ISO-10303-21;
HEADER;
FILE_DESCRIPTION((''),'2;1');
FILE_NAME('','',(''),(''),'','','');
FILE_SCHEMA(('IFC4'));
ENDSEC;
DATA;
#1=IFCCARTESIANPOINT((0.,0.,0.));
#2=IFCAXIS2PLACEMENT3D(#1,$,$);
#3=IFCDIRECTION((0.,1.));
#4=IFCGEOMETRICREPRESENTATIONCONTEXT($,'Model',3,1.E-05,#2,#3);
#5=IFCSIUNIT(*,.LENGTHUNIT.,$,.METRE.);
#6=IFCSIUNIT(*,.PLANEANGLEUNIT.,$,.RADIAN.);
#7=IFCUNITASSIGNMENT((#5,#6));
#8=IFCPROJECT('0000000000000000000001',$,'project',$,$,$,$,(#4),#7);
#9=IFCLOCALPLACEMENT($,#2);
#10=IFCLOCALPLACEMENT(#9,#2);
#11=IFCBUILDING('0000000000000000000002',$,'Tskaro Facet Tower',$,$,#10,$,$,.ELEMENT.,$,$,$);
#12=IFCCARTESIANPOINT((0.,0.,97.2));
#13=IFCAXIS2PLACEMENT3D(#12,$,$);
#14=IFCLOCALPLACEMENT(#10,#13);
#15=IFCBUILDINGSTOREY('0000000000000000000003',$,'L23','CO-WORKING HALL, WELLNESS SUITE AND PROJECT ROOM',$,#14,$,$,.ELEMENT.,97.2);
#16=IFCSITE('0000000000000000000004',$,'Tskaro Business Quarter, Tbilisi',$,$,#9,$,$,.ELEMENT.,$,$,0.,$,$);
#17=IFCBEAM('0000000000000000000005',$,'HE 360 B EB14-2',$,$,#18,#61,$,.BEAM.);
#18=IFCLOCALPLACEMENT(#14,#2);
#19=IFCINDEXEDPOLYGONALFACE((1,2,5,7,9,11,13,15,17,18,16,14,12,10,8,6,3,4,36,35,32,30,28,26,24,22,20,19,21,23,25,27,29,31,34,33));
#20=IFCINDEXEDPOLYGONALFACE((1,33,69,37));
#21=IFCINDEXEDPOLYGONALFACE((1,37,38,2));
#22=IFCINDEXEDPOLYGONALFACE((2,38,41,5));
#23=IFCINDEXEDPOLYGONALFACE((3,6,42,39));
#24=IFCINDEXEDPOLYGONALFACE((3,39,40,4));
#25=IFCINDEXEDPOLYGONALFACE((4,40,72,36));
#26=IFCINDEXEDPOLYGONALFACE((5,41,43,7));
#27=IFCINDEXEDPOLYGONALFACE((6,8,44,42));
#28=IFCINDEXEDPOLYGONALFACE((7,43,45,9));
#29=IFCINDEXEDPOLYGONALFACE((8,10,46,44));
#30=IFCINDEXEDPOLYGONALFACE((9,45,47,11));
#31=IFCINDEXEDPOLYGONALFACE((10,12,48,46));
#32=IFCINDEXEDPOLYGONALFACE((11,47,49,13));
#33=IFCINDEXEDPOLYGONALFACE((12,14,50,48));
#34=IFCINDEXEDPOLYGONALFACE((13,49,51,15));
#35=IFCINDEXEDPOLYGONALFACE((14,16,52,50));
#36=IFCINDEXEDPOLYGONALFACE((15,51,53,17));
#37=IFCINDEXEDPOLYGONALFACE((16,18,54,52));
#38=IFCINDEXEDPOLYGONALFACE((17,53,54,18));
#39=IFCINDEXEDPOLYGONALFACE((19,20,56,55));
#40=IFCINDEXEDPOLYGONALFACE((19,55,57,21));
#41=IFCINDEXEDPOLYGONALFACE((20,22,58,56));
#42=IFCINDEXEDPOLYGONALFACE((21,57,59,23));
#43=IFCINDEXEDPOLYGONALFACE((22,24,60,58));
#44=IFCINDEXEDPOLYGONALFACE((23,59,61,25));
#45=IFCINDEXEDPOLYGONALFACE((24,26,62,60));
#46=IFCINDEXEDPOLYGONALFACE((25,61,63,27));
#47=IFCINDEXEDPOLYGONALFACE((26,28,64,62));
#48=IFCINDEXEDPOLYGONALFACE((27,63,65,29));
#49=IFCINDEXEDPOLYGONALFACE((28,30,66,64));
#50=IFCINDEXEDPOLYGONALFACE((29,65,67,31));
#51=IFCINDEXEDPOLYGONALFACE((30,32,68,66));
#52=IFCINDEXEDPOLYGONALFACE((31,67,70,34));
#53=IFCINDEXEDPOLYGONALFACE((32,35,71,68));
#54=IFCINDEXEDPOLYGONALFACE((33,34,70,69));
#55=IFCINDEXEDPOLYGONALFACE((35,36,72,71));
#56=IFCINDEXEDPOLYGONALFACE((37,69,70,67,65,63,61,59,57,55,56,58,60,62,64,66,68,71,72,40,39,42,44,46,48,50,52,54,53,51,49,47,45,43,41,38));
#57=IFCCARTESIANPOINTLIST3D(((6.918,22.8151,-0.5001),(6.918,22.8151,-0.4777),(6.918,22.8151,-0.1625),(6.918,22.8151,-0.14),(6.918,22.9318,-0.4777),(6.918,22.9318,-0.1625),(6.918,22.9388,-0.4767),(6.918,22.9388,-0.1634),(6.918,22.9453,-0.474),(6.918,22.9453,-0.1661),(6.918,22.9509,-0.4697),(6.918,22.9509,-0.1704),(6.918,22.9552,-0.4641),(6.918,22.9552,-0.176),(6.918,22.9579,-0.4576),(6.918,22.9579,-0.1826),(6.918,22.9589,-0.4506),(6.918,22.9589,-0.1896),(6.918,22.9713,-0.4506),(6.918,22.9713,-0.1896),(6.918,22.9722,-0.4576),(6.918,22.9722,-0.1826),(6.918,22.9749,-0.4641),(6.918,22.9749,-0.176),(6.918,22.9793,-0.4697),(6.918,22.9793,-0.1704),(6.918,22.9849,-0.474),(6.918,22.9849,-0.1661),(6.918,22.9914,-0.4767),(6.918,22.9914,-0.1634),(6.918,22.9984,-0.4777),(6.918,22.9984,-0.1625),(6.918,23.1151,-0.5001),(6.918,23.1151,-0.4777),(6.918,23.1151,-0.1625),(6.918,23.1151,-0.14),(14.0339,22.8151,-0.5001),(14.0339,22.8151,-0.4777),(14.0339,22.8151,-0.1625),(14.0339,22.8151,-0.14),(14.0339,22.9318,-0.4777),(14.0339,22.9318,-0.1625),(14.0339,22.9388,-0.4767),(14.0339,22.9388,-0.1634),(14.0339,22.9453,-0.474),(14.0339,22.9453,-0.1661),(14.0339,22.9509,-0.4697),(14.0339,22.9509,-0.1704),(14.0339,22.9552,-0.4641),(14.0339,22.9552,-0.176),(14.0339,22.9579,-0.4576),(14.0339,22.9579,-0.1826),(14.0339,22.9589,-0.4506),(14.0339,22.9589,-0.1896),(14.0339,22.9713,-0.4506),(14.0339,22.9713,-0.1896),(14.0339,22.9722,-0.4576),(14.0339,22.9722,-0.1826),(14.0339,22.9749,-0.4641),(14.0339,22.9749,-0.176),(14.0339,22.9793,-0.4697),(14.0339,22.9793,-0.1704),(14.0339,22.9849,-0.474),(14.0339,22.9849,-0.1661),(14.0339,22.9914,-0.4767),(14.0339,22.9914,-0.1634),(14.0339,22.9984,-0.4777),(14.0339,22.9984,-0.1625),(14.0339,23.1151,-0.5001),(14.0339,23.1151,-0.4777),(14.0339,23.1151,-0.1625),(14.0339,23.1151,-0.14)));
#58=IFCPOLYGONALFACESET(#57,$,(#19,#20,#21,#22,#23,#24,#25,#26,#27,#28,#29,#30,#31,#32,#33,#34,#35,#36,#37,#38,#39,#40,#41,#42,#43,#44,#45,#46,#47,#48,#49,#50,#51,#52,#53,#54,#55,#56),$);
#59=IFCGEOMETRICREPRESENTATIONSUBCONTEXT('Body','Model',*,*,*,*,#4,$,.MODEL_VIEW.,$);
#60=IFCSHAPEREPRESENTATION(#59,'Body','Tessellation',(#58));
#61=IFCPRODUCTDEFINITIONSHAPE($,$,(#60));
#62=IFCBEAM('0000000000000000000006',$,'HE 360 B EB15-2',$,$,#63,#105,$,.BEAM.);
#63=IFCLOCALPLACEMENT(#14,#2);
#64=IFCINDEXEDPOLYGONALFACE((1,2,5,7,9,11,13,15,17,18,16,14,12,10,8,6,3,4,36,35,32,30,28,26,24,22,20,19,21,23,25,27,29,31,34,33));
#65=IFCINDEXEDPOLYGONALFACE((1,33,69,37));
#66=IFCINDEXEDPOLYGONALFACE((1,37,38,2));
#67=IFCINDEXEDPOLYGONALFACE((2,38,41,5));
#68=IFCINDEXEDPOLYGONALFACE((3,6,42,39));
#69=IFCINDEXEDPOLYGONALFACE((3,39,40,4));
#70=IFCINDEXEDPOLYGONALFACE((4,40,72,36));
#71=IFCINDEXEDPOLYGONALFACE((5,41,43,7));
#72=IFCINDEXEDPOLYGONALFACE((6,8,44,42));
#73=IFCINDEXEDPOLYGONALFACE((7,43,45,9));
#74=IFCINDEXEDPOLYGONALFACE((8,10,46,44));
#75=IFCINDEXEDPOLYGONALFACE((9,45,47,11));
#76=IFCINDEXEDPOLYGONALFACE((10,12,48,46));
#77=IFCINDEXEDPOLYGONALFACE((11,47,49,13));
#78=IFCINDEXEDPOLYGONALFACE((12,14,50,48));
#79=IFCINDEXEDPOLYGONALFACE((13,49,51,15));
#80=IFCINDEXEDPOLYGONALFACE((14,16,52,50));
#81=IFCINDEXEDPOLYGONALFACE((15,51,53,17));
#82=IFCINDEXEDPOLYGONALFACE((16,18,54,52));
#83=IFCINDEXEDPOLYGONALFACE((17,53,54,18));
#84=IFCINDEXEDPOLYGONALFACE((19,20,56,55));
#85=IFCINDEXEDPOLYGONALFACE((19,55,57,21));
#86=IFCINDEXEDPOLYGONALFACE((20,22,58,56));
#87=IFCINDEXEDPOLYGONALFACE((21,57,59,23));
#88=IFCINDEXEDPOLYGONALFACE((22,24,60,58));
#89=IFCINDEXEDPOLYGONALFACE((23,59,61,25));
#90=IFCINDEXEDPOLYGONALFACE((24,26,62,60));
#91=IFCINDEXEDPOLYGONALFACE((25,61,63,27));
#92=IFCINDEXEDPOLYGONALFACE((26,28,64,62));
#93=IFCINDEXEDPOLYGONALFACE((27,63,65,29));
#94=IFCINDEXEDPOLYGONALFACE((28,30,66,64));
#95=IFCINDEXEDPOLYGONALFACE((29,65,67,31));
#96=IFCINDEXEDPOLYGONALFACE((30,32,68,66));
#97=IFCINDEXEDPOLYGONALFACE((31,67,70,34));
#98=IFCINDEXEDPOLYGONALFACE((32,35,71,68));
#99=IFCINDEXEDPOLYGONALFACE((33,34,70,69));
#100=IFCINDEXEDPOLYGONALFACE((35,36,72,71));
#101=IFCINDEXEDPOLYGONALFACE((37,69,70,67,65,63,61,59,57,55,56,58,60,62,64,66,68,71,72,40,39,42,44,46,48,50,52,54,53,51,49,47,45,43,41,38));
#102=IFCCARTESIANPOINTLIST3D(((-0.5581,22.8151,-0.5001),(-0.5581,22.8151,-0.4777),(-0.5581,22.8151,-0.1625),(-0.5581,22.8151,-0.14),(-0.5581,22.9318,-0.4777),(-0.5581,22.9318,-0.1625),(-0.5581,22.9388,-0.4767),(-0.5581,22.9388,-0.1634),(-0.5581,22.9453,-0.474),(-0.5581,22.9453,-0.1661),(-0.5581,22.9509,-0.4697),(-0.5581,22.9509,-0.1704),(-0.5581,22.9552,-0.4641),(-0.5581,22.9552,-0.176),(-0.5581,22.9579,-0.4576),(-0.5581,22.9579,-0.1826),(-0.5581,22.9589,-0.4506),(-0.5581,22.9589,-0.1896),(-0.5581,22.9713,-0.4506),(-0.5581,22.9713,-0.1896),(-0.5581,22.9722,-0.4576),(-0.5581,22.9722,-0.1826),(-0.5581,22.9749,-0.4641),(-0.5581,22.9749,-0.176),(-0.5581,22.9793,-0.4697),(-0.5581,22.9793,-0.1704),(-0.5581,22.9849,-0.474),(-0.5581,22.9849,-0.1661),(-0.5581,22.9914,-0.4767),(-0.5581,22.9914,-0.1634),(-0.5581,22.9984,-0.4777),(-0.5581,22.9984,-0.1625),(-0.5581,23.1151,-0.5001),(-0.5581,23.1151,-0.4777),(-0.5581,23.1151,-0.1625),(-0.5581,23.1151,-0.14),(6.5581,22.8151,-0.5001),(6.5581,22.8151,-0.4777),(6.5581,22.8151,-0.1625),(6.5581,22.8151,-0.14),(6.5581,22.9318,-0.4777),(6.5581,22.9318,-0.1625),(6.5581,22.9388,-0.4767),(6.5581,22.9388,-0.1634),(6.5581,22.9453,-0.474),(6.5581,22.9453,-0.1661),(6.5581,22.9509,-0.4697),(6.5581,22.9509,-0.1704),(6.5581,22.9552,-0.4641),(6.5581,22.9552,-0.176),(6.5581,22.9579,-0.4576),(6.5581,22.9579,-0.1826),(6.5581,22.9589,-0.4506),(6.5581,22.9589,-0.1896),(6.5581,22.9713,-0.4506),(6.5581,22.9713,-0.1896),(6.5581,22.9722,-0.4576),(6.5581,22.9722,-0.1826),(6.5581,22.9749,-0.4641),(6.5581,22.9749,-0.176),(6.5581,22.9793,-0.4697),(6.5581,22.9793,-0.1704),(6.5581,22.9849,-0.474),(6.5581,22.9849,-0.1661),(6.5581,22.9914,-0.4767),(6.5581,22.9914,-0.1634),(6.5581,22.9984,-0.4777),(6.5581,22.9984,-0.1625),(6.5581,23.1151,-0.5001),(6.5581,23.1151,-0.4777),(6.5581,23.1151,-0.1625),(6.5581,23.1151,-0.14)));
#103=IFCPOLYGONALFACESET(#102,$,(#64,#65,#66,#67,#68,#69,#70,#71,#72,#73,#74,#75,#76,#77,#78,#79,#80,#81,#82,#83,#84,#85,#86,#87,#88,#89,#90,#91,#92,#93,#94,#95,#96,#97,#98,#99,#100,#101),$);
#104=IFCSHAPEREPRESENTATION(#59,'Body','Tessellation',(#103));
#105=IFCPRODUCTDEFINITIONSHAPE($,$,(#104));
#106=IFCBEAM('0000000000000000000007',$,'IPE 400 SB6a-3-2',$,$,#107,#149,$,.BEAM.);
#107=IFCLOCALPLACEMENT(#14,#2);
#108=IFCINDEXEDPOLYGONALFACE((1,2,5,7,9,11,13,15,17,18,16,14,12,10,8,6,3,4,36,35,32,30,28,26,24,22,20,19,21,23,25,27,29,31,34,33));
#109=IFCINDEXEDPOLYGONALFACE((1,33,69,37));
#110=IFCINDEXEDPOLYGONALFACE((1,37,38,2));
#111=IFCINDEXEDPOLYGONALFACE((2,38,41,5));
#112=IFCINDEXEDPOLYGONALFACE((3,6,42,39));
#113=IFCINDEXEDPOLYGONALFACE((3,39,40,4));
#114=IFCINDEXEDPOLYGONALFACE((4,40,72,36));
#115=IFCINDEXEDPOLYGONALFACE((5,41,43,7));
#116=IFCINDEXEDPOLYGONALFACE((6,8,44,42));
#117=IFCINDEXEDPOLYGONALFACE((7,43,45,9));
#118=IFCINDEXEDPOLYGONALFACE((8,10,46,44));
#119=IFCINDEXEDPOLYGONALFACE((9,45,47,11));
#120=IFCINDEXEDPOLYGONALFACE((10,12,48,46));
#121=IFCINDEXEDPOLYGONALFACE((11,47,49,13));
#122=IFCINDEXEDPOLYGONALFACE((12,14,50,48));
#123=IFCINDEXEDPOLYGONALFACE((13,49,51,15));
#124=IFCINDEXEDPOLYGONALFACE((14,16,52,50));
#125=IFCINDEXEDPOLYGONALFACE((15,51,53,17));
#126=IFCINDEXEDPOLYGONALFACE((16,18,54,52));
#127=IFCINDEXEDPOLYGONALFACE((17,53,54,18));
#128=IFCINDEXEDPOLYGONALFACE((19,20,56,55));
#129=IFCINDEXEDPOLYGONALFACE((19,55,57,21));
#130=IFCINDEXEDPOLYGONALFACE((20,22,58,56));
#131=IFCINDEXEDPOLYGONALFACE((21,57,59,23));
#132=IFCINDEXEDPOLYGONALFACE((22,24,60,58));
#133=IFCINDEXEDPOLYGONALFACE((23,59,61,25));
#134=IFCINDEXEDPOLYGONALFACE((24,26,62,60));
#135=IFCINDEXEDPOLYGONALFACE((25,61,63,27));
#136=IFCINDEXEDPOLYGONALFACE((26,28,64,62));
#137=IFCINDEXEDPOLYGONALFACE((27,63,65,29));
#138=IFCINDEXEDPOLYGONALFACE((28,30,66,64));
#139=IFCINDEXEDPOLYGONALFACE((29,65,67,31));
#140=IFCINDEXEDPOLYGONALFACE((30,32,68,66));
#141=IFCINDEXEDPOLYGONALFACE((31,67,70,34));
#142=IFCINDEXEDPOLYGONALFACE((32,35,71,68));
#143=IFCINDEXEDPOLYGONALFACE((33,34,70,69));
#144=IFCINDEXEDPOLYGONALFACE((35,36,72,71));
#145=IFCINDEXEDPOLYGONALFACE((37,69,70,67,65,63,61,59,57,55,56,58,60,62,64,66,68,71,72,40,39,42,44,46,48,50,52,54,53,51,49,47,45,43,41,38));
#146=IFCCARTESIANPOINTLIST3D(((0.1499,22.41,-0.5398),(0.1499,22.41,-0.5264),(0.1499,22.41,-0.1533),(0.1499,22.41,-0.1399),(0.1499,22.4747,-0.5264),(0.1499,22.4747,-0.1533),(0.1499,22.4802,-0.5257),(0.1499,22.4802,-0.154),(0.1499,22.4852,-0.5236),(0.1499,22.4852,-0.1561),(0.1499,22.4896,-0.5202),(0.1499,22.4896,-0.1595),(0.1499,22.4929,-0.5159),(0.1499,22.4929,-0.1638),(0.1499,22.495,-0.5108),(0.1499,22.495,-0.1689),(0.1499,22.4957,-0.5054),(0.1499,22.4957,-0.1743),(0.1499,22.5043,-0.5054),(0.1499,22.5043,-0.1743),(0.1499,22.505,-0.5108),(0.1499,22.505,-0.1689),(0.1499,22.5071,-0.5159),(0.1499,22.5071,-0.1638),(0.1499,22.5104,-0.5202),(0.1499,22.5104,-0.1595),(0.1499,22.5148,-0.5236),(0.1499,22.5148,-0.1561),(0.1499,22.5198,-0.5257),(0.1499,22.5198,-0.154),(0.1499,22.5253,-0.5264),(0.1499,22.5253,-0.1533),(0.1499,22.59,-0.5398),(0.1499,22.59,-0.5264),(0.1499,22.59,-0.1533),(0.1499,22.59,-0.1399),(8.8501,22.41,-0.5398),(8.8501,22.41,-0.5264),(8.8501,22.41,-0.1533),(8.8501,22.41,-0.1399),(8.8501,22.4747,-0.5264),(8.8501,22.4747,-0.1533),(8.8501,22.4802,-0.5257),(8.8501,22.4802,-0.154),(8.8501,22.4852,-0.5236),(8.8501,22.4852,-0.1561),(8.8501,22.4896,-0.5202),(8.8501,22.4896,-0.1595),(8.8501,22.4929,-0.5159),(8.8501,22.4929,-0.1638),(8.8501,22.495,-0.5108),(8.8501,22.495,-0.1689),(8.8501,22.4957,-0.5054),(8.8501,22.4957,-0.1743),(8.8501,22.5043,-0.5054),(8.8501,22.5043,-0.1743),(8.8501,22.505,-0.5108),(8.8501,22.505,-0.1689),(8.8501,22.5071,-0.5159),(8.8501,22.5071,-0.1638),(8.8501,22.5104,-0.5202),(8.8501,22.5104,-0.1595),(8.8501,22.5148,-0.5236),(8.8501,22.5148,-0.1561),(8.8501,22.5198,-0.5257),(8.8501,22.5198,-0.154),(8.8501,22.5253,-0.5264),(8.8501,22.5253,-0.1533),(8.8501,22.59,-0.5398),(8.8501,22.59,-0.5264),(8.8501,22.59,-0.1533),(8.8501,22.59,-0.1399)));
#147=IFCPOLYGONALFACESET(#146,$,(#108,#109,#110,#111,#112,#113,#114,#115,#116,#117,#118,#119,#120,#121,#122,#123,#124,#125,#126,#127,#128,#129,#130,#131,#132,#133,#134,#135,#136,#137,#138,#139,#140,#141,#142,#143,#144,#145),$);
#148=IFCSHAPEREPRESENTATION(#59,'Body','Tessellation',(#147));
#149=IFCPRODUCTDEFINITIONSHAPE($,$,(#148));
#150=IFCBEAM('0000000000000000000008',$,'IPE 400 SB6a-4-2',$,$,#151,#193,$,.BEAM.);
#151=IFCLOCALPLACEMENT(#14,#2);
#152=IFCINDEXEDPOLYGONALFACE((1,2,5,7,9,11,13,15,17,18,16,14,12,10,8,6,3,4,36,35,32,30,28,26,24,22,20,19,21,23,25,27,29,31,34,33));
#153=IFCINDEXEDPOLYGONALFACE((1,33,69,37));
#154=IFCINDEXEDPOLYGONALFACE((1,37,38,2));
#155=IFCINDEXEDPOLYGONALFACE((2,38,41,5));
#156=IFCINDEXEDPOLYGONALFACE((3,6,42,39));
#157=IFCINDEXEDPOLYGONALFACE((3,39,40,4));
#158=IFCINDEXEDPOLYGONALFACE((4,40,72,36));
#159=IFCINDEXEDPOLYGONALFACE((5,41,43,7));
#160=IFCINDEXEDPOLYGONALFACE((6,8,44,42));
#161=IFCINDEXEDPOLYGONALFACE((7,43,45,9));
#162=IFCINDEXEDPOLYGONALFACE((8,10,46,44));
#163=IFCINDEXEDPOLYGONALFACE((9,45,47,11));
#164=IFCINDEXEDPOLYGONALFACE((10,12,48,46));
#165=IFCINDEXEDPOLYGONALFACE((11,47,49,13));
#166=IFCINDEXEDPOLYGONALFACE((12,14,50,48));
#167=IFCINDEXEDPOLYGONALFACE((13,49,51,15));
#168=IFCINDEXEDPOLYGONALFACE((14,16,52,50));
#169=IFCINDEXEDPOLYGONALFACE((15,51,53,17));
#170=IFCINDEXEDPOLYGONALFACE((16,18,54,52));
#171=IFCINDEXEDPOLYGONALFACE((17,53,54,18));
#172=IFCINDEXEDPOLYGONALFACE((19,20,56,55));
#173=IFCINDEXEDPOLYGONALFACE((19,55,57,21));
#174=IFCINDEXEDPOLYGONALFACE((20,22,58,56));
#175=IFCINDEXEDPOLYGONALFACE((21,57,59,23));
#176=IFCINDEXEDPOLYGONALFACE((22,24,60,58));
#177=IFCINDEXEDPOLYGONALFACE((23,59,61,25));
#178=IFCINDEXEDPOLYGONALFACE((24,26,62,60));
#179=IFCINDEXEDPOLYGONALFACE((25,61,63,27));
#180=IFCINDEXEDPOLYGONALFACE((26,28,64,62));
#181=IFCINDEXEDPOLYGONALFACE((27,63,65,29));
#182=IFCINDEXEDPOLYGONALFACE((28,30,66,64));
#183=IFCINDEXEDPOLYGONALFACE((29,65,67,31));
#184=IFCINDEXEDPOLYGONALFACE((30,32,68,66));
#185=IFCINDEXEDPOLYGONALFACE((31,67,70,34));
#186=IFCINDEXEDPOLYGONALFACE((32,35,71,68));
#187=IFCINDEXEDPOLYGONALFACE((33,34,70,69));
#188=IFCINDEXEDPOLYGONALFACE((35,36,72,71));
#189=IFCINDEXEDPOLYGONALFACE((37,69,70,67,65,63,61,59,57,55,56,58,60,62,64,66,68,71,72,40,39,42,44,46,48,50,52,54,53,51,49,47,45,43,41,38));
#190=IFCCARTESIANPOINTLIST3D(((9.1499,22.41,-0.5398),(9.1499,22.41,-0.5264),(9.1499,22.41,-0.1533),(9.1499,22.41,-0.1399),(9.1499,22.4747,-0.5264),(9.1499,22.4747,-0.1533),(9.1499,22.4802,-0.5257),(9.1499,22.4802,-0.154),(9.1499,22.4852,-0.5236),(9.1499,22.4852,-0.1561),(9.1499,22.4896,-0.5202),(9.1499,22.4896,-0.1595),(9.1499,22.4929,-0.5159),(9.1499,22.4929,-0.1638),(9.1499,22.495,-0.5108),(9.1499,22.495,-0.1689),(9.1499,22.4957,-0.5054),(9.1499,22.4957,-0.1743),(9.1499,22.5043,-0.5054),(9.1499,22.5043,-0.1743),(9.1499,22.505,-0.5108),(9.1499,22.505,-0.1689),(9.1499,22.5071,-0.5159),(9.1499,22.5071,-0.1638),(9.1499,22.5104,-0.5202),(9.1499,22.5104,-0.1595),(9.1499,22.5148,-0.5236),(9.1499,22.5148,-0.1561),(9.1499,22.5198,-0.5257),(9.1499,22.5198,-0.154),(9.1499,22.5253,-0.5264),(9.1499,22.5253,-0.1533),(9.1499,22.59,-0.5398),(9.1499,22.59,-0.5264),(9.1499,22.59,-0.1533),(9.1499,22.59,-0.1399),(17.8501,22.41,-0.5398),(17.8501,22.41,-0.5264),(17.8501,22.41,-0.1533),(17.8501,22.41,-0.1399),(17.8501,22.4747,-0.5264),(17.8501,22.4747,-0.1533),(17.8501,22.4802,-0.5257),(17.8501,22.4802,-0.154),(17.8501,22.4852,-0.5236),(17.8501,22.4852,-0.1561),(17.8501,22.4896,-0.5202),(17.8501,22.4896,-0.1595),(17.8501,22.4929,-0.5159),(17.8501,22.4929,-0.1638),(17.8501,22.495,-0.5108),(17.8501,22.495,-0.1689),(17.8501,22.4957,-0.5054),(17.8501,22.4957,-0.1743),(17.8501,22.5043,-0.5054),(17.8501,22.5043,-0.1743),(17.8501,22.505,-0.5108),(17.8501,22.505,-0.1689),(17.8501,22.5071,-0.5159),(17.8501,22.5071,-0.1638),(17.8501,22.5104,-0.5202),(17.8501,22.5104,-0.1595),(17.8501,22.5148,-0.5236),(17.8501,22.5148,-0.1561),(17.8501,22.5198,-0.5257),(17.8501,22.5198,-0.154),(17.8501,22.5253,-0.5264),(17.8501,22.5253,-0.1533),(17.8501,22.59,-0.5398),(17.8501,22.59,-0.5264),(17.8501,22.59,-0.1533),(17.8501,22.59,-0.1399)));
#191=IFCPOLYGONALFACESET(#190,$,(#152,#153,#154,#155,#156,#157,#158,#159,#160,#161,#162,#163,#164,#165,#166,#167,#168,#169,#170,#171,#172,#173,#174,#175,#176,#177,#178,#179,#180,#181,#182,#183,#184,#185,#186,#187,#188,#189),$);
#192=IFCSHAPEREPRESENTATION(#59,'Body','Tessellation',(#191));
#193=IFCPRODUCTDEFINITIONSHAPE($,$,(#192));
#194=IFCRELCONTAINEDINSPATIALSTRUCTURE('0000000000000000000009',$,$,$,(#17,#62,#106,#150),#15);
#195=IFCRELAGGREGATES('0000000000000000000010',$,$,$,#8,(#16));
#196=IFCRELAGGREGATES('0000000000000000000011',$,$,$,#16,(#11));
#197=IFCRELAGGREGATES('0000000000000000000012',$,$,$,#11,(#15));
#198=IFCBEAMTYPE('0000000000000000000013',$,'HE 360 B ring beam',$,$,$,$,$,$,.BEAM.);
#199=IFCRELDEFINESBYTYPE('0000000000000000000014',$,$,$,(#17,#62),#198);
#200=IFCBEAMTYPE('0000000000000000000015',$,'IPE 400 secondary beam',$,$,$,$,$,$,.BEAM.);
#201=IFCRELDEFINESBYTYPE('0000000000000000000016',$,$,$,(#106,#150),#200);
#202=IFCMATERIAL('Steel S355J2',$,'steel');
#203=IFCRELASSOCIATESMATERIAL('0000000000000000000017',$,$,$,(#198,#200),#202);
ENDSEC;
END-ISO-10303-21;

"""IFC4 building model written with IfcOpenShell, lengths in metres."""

from ifc_helpers import new_model, si_unit, direction, frame, origin, origin_2d, place, context, subcontext, project, spatial, i_section, extrude, material, material_profile, profile_set, type_object, element, save


model = new_model("IFC4")

# Units and contexts
model_context = context("Model", 3, precision=1e-05, world=origin(), true_north=direction((0.0, 1.0)))
body_context = subcontext(model_context, "Body", "Model", "MODEL_VIEW")
ifc_project = project(units=[si_unit("LENGTHUNIT", "METRE"), si_unit("PLANEANGLEUNIT", "RADIAN")], contexts=[model_context])

# Site, building, storey
site_placement = place(None, origin())
site = spatial("IfcSite", under=ifc_project, at=site_placement, Name="Tskaro Business Quarter, Tbilisi", CompositionType="ELEMENT", RefElevation=0.0)
building_placement = place(site_placement, origin())
building = spatial("IfcBuilding", under=site, at=building_placement, Name="Tskaro Facet Tower", CompositionType="ELEMENT")
storey_placement = place(building_placement, frame((0.0, 0.0, 97.2)))
storey = spatial("IfcBuildingStorey", under=building, at=storey_placement, Name="L23", Description="CO-WORKING HALL, WELLNESS SUITE AND PROJECT ROOM", CompositionType="ELEMENT", Elevation=97.2)

# Beams
ifc_material_1 = material(Name="Steel S355J2", Category="steel")
ifc_material_profile_1 = material_profile(ifc_material_1, i_section(OverallWidth=0.3, OverallDepth=0.3601, WebThickness=0.0125, FlangeThickness=0.0225, FilletRadius=0.0271, at=origin_2d()), Name="HE 360 B")
ifc_profile_set_1 = profile_set([ifc_material_profile_1], Name="Steel S355J2")
beam_type_1 = type_object("IfcBeamType", Name="HE 360 B ring beam", PredefinedType="BEAM", material=ifc_profile_set_1)
beam_1_placement = place(storey_placement, frame((14.0339, 22.9651, -0.3201), z_axis=(-1.0, 0.0, 0.0), x_axis=(0.0, -1.0, 0.0)))
element("IfcBeam", 1, at=beam_1_placement, inside=storey, type_object=beam_type_1, Name="HE 360 B EB14-2", PredefinedType="BEAM", context=body_context, shape_type="SweptSolid", body=[
    extrude(i_section(OverallWidth=0.3, OverallDepth=0.3601, WebThickness=0.0125, FlangeThickness=0.0225, FilletRadius=0.0271, at=origin_2d()), origin(), (0.0, 0.0, 1.0), 7.116),
])
beam_2_placement = place(storey_placement, frame((6.5581, 22.9651, -0.3201), z_axis=(-1.0, 0.0, 0.0), x_axis=(0.0, -1.0, 0.0)))
element("IfcBeam", 2, at=beam_2_placement, inside=storey, type_object=beam_type_1, Name="HE 360 B EB15-2", PredefinedType="BEAM", context=body_context, shape_type="SweptSolid", body=[
    extrude(i_section(OverallWidth=0.3, OverallDepth=0.3601, WebThickness=0.0125, FlangeThickness=0.0225, FilletRadius=0.0271, at=origin_2d()), origin(), (0.0, 0.0, 1.0), 7.1162),
])
ifc_material_profile_2 = material_profile(ifc_material_1, i_section(OverallWidth=0.1799, OverallDepth=0.3999, WebThickness=0.0085, FlangeThickness=0.0134, FilletRadius=0.021, at=origin_2d()), Name="IPE 400")
ifc_profile_set_2 = profile_set([ifc_material_profile_2], Name="Steel S355J2")
beam_type_2 = type_object("IfcBeamType", Name="IPE 400 secondary beam", PredefinedType="BEAM", material=ifc_profile_set_2)
for number, where, z_axis, x_axis, name in (
    (3, (0.1499, 22.5, -0.3398), (1.0, 0.0, 0.0), (0.0, 1.0, 0.0), "IPE 400 SB6a-3-2"),
    (4, (9.1499, 22.5, -0.3398), (1.0, 0.0, 0.0), (0.0, 1.0, 0.0), "IPE 400 SB6a-4-2"),
):
    element("IfcBeam", number, at=place(storey_placement, frame(where, z_axis=z_axis, x_axis=x_axis)), inside=storey, type_object=beam_type_2, Name=name, PredefinedType="BEAM", context=body_context, shape_type="SweptSolid", body=[
        extrude(i_section(OverallWidth=0.1799, OverallDepth=0.3999, WebThickness=0.0085, FlangeThickness=0.0134, FilletRadius=0.021, at=origin_2d()), origin(), (0.0, 0.0, 1.0), 8.7002),
    ])

save(model, "model.ifc")
